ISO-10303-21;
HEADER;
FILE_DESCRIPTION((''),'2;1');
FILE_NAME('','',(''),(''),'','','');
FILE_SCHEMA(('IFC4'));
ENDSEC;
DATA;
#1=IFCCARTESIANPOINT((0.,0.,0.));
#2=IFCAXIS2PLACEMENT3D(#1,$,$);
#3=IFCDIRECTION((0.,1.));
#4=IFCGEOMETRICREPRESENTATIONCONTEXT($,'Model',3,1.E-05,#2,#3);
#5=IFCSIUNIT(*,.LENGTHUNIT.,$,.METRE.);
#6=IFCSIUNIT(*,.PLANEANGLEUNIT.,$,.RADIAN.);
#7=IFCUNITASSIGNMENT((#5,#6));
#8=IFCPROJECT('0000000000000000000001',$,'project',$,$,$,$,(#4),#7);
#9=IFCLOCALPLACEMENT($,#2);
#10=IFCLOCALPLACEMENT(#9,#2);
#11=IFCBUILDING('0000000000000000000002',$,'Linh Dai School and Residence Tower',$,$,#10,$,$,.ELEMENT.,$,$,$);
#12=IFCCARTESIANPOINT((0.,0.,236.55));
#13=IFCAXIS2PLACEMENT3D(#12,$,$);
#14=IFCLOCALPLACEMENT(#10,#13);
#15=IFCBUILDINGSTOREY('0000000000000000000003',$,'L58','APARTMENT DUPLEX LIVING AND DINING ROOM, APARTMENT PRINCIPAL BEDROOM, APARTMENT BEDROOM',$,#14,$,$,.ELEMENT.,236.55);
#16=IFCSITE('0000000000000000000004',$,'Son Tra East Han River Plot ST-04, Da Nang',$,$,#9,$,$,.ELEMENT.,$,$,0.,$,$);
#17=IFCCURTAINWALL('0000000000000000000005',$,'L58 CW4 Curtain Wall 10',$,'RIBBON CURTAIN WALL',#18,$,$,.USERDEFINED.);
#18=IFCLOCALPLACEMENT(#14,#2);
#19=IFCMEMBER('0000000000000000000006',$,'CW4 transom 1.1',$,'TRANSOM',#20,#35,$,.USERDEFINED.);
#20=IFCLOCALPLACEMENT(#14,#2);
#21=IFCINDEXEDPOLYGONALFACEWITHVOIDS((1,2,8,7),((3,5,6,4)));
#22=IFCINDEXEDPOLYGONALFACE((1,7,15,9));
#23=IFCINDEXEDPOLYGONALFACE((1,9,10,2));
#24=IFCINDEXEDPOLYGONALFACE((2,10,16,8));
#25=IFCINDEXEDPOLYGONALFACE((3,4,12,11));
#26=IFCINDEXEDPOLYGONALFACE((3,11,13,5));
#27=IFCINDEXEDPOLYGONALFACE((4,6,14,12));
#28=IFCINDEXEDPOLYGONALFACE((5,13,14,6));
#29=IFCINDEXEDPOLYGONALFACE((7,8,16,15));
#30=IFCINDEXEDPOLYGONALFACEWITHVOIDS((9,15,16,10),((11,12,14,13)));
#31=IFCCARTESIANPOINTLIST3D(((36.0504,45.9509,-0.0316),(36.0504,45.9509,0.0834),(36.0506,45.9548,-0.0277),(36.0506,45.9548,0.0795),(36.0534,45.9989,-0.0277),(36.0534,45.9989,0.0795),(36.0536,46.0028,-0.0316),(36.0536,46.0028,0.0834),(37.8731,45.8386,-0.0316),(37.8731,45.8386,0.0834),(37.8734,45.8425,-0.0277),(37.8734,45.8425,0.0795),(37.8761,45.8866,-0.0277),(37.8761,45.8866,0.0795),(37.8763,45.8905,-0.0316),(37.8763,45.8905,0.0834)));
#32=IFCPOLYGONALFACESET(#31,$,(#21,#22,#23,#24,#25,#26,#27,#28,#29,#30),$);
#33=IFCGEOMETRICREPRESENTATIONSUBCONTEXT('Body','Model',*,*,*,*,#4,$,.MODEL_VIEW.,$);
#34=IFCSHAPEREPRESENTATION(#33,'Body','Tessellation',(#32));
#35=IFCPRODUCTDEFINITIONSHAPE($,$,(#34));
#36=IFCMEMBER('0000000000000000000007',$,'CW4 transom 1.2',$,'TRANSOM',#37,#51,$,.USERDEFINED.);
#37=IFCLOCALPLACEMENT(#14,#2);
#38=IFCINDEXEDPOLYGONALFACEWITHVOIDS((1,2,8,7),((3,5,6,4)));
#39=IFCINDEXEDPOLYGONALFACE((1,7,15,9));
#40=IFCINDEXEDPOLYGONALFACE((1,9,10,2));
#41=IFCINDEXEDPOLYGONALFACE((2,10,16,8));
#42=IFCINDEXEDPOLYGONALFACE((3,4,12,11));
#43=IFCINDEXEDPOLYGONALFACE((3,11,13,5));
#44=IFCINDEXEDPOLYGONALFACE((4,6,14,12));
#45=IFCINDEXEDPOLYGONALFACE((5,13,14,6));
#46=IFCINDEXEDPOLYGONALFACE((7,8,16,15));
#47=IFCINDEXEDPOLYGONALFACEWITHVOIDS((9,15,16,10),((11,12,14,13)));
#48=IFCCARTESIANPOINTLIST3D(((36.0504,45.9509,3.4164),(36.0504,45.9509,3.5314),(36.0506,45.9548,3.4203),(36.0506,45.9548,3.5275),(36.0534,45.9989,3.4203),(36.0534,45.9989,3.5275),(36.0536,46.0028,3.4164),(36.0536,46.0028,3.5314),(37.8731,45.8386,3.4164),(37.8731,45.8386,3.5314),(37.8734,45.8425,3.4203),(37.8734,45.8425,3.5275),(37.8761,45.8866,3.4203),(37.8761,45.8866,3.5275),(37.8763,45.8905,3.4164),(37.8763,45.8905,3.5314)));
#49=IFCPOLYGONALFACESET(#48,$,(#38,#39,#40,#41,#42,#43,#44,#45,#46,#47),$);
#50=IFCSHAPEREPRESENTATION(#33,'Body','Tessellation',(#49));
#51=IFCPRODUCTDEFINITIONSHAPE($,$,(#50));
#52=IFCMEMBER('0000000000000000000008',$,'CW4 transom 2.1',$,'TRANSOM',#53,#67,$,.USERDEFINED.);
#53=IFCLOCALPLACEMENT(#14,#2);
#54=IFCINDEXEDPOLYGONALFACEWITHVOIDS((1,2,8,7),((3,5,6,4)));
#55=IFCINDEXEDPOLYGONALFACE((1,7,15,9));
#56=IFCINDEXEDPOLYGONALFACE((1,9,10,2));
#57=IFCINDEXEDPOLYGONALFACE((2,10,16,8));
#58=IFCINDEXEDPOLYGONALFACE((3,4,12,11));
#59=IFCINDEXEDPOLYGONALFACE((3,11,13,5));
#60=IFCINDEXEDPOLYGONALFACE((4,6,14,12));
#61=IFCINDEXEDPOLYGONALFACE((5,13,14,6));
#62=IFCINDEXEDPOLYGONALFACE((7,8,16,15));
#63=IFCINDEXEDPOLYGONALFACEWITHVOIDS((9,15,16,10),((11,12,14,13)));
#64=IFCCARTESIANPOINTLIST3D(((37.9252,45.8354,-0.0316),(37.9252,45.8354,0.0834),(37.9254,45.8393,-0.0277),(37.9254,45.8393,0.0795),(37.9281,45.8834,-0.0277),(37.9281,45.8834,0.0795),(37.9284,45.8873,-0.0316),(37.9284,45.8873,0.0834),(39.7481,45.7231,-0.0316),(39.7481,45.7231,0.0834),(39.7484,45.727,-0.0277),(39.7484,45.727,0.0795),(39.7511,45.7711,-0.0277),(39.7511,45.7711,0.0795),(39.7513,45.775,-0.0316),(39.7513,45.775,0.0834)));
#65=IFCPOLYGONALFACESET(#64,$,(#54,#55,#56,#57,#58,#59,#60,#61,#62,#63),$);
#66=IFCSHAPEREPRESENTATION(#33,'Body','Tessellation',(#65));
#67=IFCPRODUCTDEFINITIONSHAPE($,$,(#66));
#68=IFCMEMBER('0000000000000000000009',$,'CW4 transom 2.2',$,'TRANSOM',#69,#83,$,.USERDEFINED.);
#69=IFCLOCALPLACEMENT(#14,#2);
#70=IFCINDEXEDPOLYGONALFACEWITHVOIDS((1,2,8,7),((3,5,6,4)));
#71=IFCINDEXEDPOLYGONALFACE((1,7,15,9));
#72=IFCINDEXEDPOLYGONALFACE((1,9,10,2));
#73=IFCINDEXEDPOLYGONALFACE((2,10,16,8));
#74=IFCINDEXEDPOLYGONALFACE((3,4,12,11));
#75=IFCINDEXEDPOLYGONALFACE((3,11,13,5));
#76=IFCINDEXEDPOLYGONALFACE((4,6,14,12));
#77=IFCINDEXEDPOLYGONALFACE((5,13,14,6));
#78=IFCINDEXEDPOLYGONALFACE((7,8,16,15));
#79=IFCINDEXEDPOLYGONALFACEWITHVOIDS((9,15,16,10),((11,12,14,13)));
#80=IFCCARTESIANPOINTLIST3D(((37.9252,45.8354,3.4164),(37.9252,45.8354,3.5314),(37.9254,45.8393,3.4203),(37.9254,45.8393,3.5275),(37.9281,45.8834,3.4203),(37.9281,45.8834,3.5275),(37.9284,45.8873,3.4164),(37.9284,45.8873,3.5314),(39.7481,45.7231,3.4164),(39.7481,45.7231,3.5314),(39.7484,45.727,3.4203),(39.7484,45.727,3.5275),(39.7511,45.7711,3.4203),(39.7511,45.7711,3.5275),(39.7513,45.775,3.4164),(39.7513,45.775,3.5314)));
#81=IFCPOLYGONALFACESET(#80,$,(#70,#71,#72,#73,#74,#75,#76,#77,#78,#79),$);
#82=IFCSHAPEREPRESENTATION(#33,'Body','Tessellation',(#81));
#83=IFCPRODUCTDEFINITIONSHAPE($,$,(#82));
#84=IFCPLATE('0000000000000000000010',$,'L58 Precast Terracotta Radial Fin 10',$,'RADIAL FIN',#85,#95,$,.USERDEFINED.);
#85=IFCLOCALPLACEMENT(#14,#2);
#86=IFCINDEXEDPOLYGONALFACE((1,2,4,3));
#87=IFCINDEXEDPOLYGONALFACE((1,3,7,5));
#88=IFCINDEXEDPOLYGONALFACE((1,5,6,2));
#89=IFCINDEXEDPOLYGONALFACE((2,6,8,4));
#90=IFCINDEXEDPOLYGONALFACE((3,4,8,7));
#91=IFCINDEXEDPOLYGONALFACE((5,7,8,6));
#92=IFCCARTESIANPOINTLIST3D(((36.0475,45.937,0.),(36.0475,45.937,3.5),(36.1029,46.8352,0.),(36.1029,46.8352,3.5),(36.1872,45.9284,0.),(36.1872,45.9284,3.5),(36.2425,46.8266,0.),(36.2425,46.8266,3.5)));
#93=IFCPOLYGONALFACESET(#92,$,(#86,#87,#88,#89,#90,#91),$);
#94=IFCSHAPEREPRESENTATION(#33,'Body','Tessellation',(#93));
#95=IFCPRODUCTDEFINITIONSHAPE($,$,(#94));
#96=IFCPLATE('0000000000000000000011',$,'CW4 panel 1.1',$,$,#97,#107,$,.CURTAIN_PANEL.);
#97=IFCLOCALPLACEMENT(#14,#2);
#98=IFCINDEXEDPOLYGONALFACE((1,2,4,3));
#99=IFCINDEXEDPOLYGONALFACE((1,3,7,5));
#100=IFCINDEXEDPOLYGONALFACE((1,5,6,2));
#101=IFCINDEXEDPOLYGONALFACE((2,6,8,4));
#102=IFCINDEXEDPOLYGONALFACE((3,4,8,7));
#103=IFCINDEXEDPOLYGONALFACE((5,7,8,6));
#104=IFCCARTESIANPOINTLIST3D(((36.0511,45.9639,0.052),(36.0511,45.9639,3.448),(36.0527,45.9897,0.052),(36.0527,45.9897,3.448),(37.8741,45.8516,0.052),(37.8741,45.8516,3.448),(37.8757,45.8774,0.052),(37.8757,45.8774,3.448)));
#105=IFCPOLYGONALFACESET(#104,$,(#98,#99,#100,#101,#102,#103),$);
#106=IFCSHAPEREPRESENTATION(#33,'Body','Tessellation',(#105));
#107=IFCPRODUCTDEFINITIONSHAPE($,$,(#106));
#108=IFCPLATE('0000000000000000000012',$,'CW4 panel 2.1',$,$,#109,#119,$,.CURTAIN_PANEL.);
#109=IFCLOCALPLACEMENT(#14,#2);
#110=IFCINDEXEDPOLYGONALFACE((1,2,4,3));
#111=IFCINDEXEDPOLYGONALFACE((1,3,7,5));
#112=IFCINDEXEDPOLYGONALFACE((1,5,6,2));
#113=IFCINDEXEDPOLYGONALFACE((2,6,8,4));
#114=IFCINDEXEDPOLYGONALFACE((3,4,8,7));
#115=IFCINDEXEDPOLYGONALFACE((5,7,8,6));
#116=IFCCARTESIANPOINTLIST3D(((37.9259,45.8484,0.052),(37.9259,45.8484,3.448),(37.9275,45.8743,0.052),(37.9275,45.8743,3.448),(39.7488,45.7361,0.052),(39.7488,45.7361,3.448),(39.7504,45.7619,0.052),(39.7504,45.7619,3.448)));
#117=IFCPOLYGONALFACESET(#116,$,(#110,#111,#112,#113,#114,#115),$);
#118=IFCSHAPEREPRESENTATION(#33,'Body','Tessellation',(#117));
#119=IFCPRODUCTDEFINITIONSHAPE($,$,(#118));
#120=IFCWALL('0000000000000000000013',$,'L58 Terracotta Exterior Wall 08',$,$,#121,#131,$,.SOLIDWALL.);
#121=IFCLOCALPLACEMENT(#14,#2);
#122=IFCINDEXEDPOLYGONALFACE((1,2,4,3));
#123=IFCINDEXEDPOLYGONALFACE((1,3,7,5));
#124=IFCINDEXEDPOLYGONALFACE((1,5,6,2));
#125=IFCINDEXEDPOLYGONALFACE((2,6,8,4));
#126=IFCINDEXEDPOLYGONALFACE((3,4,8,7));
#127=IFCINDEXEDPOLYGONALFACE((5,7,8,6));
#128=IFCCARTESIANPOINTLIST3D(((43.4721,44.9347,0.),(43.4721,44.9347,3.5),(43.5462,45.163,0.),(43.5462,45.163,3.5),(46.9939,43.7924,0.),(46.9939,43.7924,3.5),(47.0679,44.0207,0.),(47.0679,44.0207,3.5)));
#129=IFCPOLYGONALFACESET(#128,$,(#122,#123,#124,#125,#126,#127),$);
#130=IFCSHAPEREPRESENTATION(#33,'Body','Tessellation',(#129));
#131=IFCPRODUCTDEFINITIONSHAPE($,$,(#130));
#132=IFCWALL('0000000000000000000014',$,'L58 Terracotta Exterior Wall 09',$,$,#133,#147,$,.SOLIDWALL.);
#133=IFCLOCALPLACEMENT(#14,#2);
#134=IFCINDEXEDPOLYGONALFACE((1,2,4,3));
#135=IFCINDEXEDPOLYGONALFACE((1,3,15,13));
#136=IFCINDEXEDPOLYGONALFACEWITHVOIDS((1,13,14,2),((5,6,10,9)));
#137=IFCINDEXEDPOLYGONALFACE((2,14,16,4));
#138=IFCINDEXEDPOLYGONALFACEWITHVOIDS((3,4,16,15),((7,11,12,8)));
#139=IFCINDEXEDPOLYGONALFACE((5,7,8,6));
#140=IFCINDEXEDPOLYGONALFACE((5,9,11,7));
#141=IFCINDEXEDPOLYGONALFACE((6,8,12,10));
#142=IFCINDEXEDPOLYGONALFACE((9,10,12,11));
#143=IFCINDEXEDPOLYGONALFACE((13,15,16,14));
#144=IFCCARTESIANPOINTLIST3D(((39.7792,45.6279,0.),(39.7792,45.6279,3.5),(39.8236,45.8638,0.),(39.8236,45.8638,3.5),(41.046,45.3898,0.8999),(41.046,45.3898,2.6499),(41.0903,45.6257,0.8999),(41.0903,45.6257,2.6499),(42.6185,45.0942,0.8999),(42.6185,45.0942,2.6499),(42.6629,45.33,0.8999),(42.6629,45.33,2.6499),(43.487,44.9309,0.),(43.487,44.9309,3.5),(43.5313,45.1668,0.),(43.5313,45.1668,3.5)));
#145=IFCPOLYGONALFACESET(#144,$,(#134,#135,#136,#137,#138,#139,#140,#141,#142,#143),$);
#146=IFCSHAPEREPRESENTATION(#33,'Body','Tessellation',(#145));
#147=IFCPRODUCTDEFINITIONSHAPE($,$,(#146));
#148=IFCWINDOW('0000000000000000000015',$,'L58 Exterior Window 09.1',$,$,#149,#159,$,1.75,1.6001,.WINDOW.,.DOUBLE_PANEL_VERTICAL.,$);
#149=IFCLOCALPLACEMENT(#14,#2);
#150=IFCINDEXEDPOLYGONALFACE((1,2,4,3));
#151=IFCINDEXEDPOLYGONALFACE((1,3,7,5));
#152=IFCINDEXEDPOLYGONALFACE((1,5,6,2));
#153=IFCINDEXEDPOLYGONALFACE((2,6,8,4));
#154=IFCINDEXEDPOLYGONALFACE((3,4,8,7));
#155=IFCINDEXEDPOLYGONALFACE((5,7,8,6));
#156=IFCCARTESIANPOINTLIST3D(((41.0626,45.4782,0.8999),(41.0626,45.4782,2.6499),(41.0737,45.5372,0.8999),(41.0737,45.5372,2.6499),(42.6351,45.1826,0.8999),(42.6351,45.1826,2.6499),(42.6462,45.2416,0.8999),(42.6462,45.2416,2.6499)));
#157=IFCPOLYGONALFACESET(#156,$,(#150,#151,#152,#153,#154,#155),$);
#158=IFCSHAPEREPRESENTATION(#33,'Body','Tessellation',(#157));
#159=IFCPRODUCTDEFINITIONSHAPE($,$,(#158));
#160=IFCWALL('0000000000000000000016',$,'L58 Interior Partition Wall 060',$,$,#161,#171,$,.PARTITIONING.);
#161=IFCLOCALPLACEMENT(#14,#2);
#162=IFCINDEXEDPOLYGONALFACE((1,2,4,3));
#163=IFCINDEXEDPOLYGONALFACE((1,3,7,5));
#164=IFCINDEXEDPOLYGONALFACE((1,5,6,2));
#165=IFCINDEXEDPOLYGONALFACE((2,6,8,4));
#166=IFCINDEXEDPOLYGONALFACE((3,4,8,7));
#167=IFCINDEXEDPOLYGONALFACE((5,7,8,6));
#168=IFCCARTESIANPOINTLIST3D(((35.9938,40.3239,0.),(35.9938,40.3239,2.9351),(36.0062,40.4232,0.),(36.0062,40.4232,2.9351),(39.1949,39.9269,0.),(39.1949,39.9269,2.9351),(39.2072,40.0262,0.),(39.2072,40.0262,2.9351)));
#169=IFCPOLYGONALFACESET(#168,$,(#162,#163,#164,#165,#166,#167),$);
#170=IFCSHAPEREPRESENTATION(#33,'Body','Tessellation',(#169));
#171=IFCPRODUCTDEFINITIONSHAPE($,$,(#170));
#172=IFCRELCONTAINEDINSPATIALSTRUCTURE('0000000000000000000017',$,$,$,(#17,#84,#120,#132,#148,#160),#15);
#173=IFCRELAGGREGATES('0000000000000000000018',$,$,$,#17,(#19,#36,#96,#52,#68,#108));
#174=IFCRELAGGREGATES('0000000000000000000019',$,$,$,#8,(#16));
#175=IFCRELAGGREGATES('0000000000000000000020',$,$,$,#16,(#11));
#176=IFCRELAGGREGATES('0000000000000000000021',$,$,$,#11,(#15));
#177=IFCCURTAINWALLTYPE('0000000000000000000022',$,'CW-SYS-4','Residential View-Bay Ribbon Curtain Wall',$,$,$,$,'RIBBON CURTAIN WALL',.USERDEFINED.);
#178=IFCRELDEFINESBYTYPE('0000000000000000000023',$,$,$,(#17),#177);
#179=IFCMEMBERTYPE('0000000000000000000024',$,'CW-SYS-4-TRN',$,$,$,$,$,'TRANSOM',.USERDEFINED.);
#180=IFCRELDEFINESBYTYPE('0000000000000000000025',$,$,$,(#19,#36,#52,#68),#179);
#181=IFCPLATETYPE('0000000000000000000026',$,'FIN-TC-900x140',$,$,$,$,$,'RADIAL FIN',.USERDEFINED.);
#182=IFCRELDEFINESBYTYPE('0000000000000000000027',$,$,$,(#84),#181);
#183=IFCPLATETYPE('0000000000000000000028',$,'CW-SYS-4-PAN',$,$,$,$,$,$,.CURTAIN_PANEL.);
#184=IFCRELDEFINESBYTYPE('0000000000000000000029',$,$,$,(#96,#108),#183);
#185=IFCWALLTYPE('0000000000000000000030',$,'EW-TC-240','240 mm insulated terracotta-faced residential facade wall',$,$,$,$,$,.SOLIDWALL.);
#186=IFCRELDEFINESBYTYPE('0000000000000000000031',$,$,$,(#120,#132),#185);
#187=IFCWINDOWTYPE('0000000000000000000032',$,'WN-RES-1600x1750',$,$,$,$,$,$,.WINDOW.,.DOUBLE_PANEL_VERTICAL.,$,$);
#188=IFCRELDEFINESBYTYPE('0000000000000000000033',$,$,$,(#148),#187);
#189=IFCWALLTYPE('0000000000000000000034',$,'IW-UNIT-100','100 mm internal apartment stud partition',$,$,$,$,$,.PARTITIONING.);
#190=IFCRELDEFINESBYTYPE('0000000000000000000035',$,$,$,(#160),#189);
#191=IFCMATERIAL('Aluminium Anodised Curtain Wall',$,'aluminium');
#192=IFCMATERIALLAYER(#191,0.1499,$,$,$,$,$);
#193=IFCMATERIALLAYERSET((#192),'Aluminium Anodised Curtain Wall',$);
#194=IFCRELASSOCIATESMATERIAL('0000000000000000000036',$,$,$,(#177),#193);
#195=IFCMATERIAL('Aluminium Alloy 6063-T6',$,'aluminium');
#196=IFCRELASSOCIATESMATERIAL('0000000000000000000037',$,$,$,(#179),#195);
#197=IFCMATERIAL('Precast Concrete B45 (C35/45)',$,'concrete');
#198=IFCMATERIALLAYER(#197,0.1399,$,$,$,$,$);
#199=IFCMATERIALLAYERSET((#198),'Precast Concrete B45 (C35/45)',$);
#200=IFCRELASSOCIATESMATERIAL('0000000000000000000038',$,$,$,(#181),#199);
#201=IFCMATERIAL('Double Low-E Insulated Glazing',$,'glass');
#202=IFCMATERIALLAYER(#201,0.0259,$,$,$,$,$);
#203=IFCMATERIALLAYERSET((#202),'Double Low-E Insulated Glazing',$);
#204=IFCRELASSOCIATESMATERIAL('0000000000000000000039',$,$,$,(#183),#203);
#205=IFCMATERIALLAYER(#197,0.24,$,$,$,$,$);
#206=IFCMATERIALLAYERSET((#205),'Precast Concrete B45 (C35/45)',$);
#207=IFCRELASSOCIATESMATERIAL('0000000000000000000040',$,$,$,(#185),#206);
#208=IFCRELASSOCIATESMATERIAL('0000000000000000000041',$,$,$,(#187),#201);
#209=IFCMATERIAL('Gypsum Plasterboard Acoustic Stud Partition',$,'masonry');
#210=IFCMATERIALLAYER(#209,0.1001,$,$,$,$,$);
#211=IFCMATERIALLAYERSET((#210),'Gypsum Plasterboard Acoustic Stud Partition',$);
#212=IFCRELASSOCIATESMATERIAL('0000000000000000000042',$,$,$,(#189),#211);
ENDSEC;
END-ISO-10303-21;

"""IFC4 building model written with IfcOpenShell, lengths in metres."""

from ifc_helpers import new_model, si_unit, direction, frame, frame_2d, origin, origin_2d, place, context, subcontext, project, spatial, rectangle, hollow_rectangle, extrude, source, transform, mapped, material, layer, layer_set, material_profile, profile_set, type_object, element, fill, aggregate, save


model = new_model("IFC4")

# Units and contexts
model_context = context("Model", 3, precision=1e-05, world=origin(), true_north=direction((0.0, 1.0)))
body_context = subcontext(model_context, "Body", "Model", "MODEL_VIEW")
ifc_project = project(units=[si_unit("LENGTHUNIT", "METRE"), si_unit("PLANEANGLEUNIT", "RADIAN")], contexts=[model_context])

# Site, building, storey
site_placement = place(None, origin())
site = spatial("IfcSite", under=ifc_project, at=site_placement, Name="Son Tra East Han River Plot ST-04, Da Nang", CompositionType="ELEMENT", RefElevation=0.0)
building_placement = place(site_placement, origin())
building = spatial("IfcBuilding", under=site, at=building_placement, Name="Linh Dai School and Residence Tower", CompositionType="ELEMENT")
storey_placement = place(building_placement, frame((0.0, 0.0, 236.55)))
storey = spatial("IfcBuildingStorey", under=building, at=storey_placement, Name="L58", Description="APARTMENT DUPLEX LIVING AND DINING ROOM, APARTMENT PRINCIPAL BEDROOM, APARTMENT BEDROOM", CompositionType="ELEMENT", Elevation=236.55)

# Curtain wall, members
ifc_material_1 = material(Name="Aluminium Anodised Curtain Wall", Category="aluminium")
ifc_layer_1 = layer(ifc_material_1, 0.1499)
ifc_layer_set_1 = layer_set([ifc_layer_1], Name="Aluminium Anodised Curtain Wall")
curtain_wall_type = type_object("IfcCurtainWallType", Name="CW-SYS-4", Description="Residential View-Bay Ribbon Curtain Wall", ElementType="RIBBON CURTAIN WALL", PredefinedType="USERDEFINED", material=ifc_layer_set_1)
curtain_wall_placement = place(storey_placement, origin())
curtain_wall = element("IfcCurtainWall", 1, at=curtain_wall_placement, inside=storey, type_object=curtain_wall_type, Name="L58 CW4 Curtain Wall 10", ObjectType="RIBBON CURTAIN WALL", PredefinedType="USERDEFINED")
ifc_material_2 = material(Name="Aluminium Alloy 6063-T6", Category="aluminium")
ifc_material_profile_1 = material_profile(ifc_material_2, hollow_rectangle(XDim=0.052, YDim=0.115, WallThickness=0.0039, at=origin_2d()), Name="RHS 115x52x4")
ifc_profile_set_1 = profile_set([ifc_material_profile_1], Name="Aluminium Alloy 6063-T6")
member_type_1 = type_object("IfcMemberType", Name="CW-SYS-4-TRN", ElementType="TRANSOM", PredefinedType="USERDEFINED", material=ifc_profile_set_1)
shared_shape_1 = source(origin(), body_context, "Body", "SweptSolid", [
    extrude(hollow_rectangle(XDim=0.052, YDim=0.115, WallThickness=0.0039, at=origin_2d()), origin(), (0.0, 0.0, 1.0), 1.8262),
])
member_1_placement = place(storey_placement, frame((36.052, 45.9768, 0.0259), z_axis=(0.998107, -0.061496, 0.0), x_axis=(0.061496, 0.998107, 0.0)))
member_1 = element("IfcMember", 2, at=member_1_placement, type_object=member_type_1, Name="CW4 transom 1.1", ObjectType="TRANSOM", PredefinedType="USERDEFINED", context=body_context, shape_type="MappedRepresentation", body=[
    mapped(shared_shape_1, transform((0.0, 0.0, 0.0), x_axis=(1.0, 0.0, 0.0), y_axis=(0.0, 1.0, 0.0), z_axis=(0.0, 0.0, 1.0), scale=1.0)),
])
member_2_placement = place(storey_placement, frame((36.052, 45.9768, 3.4739), z_axis=(0.998107, -0.061496, 0.0), x_axis=(0.061496, 0.998107, 0.0)))
member_2 = element("IfcMember", 3, at=member_2_placement, type_object=member_type_1, Name="CW4 transom 1.2", ObjectType="TRANSOM", PredefinedType="USERDEFINED", context=body_context, shape_type="MappedRepresentation", body=[
    mapped(shared_shape_1, transform((0.0, 0.0, 0.0), x_axis=(1.0, 0.0, 0.0), y_axis=(0.0, 1.0, 0.0), z_axis=(0.0, 0.0, 1.0), scale=1.0)),
])
shared_shape_2 = source(origin(), body_context, "Body", "SweptSolid", [
    extrude(hollow_rectangle(XDim=0.052, YDim=0.115, WallThickness=0.0039, at=origin_2d()), origin(), (0.0, 0.0, 1.0), 1.8264),
])
member_3_placement = place(storey_placement, frame((37.9268, 45.8613, 0.0259), z_axis=(0.998108, -0.061488, 0.0), x_axis=(0.061488, 0.998108, 0.0)))
member_3 = element("IfcMember", 4, at=member_3_placement, type_object=member_type_1, Name="CW4 transom 2.1", ObjectType="TRANSOM", PredefinedType="USERDEFINED", context=body_context, shape_type="MappedRepresentation", body=[
    mapped(shared_shape_2, transform((0.0, 0.0, 0.0), x_axis=(1.0, 0.0, 0.0), y_axis=(0.0, 1.0, 0.0), z_axis=(0.0, 0.0, 1.0), scale=1.0)),
])
member_4_placement = place(storey_placement, frame((37.9268, 45.8613, 3.4739), z_axis=(0.998108, -0.061488, 0.0), x_axis=(0.061488, 0.998108, 0.0)))
member_4 = element("IfcMember", 5, at=member_4_placement, type_object=member_type_1, Name="CW4 transom 2.2", ObjectType="TRANSOM", PredefinedType="USERDEFINED", context=body_context, shape_type="MappedRepresentation", body=[
    mapped(shared_shape_2, transform((0.0, 0.0, 0.0), x_axis=(1.0, 0.0, 0.0), y_axis=(0.0, 1.0, 0.0), z_axis=(0.0, 0.0, 1.0), scale=1.0)),
])

# Plates
ifc_material_3 = material(Name="Precast Concrete B45 (C35/45)", Category="concrete")
ifc_layer_2 = layer(ifc_material_3, 0.1399)
ifc_layer_set_2 = layer_set([ifc_layer_2], Name="Precast Concrete B45 (C35/45)")
plate_type_1 = type_object("IfcPlateType", Name="FIN-TC-900x140", ElementType="RADIAL FIN", PredefinedType="USERDEFINED", material=ifc_layer_set_2)
shared_shape_3 = source(origin(), body_context, "Body", "SweptSolid", [
    extrude(rectangle(XDim=0.8999, YDim=0.1399, at=origin_2d()), origin(), (0.0, 0.0, 1.0), 3.5),
])
plate_1_placement = place(storey_placement, frame((36.145, 46.3818, 0.0), z_axis=(0.0, 0.0, 1.0), x_axis=(0.061504, 0.998107, 0.0)))
element("IfcPlate", 6, at=plate_1_placement, inside=storey, type_object=plate_type_1, Name="L58 Precast Terracotta Radial Fin 10", ObjectType="RADIAL FIN", PredefinedType="USERDEFINED", context=body_context, shape_type="MappedRepresentation", body=[
    mapped(shared_shape_3, transform((0.0, 0.0, 0.0), x_axis=(1.0, 0.0, 0.0), y_axis=(0.0, 1.0, 0.0), z_axis=(0.0, 0.0, 1.0), scale=1.0)),
])
ifc_material_4 = material(Name="Double Low-E Insulated Glazing", Category="glass")
ifc_layer_3 = layer(ifc_material_4, 0.0259)
ifc_layer_set_3 = layer_set([ifc_layer_3], Name="Double Low-E Insulated Glazing")
plate_type_2 = type_object("IfcPlateType", Name="CW-SYS-4-PAN", PredefinedType="CURTAIN_PANEL", material=ifc_layer_set_3)
shared_shape_4 = source(origin(), body_context, "Body", "SweptSolid", [
    extrude(rectangle(XDim=1.8264, YDim=0.0259, at=origin_2d()), origin(), (0.0, 0.0, 1.0), 3.396),
])
plate_2_placement = place(storey_placement, frame((36.9634, 45.9207, 0.052), z_axis=(0.0, 0.0, 1.0), x_axis=(0.998107, -0.061504, 0.0)))
plate_2 = element("IfcPlate", 7, at=plate_2_placement, type_object=plate_type_2, Name="CW4 panel 1.1", PredefinedType="CURTAIN_PANEL", context=body_context, shape_type="MappedRepresentation", body=[
    mapped(shared_shape_4, transform((0.0, 0.0, 0.0), x_axis=(1.0, 0.0, 0.0), y_axis=(0.0, 1.0, 0.0), z_axis=(0.0, 0.0, 1.0), scale=1.0)),
])
plate_3_placement = place(storey_placement, frame((38.8381, 45.8052, 0.052), z_axis=(0.0, 0.0, 1.0), x_axis=(0.998107, -0.061504, 0.0)))
plate_3 = element("IfcPlate", 8, at=plate_3_placement, type_object=plate_type_2, Name="CW4 panel 2.1", PredefinedType="CURTAIN_PANEL", context=body_context, shape_type="MappedRepresentation", body=[
    mapped(shared_shape_4, transform((0.0, 0.0, 0.0), x_axis=(1.0, 0.0, 0.0), y_axis=(0.0, 1.0, 0.0), z_axis=(0.0, 0.0, 1.0), scale=1.0)),
])
aggregate(curtain_wall, [member_1, member_2, plate_2, member_3, member_4, plate_3])

# Wall
ifc_layer_4 = layer(ifc_material_3, 0.24)
ifc_layer_set_4 = layer_set([ifc_layer_4], Name="Precast Concrete B45 (C35/45)")
wall_type_1 = type_object("IfcWallType", Name="EW-TC-240", Description="240 mm insulated terracotta-faced residential facade wall", PredefinedType="SOLIDWALL", material=ifc_layer_set_4)
wall_1_placement = place(storey_placement, frame((43.5093, 45.0488, 0.0), z_axis=(0.0, 0.0, 1.0), x_axis=(0.951211, -0.308542, 0.0)))
element("IfcWall", 9, at=wall_1_placement, inside=storey, type_object=wall_type_1, Name="L58 Terracotta Exterior Wall 08", PredefinedType="SOLIDWALL", context=body_context, shape_type="SweptSolid", body=[
    extrude(rectangle(XDim=3.7024, YDim=0.24, at=frame_2d((1.8511, 0.0))), origin(), (0.0, 0.0, 1.0), 3.5),
])

# Wall, opening, window
wall_2_placement = place(storey_placement, frame((39.8015, 45.7458, 0.0), z_axis=(0.0, 0.0, 1.0), x_axis=(0.982785, -0.184753, 0.0)))
wall_2 = element("IfcWall", 10, at=wall_2_placement, inside=storey, type_object=wall_type_1, Name="L58 Terracotta Exterior Wall 09", PredefinedType="SOLIDWALL", context=body_context, shape_type="SweptSolid", body=[
    extrude(rectangle(XDim=3.7727, YDim=0.24, at=frame_2d((1.8862, 0.0))), origin(), (0.0, 0.0, 1.0), 3.5),
])
opening_1_placement = place(wall_2_placement, frame((1.2888, 0.0, 0.8999)))
opening_1 = element("IfcOpeningElement", 11, at=opening_1_placement, cuts=wall_2, PredefinedType="OPENING", context=body_context, shape_type="SweptSolid", body=[
    extrude(rectangle(XDim=1.6001, YDim=1.75, at=origin_2d()), frame((0.8, 0.1299, 0.875), z_axis=(0.0, -1.0, 0.0), x_axis=(1.0, 0.0, 0.0)), (0.0, 0.0, 1.0), 0.26),
])
window_type = type_object("IfcWindowType", Name="WN-RES-1600x1750", PartitioningType="DOUBLE_PANEL_VERTICAL", PredefinedType="WINDOW", material=ifc_material_4)
shared_shape_5 = source(origin(), body_context, "Body", "SweptSolid", [
    extrude(rectangle(XDim=1.6001, YDim=1.75, at=origin_2d()), frame((0.8, 0.03, 0.875), z_axis=(0.0, -1.0, 0.0), x_axis=(1.0, 0.0, 0.0)), (0.0, 0.0, 1.0), 0.0601),
])
window_placement = place(opening_1_placement, origin())
window = element("IfcWindow", 12, at=window_placement, inside=storey, type_object=window_type, Name="L58 Exterior Window 09.1", OverallHeight=1.75, OverallWidth=1.6001, PartitioningType="DOUBLE_PANEL_VERTICAL", PredefinedType="WINDOW", context=body_context, shape_type="MappedRepresentation", body=[
    mapped(shared_shape_5, transform((0.0, 0.0, 0.0), x_axis=(1.0, 0.0, 0.0), y_axis=(0.0, 1.0, 0.0), z_axis=(0.0, 0.0, 1.0), scale=1.0)),
])
fill(opening_1, window)

# Wall
ifc_material_5 = material(Name="Gypsum Plasterboard Acoustic Stud Partition", Category="masonry")
ifc_layer_5 = layer(ifc_material_5, 0.1001)
ifc_layer_set_5 = layer_set([ifc_layer_5], Name="Gypsum Plasterboard Acoustic Stud Partition")
wall_type_2 = type_object("IfcWallType", Name="IW-UNIT-100", Description="100 mm internal apartment stud partition", PredefinedType="PARTITIONING", material=ifc_layer_set_5)
wall_3_placement = place(storey_placement, frame((36.0, 40.3735, 0.0), z_axis=(0.0, 0.0, 1.0), x_axis=(0.992399, -0.123066, 0.0)))
element("IfcWall", 13, at=wall_3_placement, inside=storey, type_object=wall_type_2, Name="L58 Interior Partition Wall 060", PredefinedType="PARTITIONING", context=body_context, shape_type="SweptSolid", body=[
    extrude(rectangle(XDim=3.2256, YDim=0.1001, at=frame_2d((1.6128, 0.0))), origin(), (0.0, 0.0, 1.0), 2.9351),
])

save(model, "model.ifc")
